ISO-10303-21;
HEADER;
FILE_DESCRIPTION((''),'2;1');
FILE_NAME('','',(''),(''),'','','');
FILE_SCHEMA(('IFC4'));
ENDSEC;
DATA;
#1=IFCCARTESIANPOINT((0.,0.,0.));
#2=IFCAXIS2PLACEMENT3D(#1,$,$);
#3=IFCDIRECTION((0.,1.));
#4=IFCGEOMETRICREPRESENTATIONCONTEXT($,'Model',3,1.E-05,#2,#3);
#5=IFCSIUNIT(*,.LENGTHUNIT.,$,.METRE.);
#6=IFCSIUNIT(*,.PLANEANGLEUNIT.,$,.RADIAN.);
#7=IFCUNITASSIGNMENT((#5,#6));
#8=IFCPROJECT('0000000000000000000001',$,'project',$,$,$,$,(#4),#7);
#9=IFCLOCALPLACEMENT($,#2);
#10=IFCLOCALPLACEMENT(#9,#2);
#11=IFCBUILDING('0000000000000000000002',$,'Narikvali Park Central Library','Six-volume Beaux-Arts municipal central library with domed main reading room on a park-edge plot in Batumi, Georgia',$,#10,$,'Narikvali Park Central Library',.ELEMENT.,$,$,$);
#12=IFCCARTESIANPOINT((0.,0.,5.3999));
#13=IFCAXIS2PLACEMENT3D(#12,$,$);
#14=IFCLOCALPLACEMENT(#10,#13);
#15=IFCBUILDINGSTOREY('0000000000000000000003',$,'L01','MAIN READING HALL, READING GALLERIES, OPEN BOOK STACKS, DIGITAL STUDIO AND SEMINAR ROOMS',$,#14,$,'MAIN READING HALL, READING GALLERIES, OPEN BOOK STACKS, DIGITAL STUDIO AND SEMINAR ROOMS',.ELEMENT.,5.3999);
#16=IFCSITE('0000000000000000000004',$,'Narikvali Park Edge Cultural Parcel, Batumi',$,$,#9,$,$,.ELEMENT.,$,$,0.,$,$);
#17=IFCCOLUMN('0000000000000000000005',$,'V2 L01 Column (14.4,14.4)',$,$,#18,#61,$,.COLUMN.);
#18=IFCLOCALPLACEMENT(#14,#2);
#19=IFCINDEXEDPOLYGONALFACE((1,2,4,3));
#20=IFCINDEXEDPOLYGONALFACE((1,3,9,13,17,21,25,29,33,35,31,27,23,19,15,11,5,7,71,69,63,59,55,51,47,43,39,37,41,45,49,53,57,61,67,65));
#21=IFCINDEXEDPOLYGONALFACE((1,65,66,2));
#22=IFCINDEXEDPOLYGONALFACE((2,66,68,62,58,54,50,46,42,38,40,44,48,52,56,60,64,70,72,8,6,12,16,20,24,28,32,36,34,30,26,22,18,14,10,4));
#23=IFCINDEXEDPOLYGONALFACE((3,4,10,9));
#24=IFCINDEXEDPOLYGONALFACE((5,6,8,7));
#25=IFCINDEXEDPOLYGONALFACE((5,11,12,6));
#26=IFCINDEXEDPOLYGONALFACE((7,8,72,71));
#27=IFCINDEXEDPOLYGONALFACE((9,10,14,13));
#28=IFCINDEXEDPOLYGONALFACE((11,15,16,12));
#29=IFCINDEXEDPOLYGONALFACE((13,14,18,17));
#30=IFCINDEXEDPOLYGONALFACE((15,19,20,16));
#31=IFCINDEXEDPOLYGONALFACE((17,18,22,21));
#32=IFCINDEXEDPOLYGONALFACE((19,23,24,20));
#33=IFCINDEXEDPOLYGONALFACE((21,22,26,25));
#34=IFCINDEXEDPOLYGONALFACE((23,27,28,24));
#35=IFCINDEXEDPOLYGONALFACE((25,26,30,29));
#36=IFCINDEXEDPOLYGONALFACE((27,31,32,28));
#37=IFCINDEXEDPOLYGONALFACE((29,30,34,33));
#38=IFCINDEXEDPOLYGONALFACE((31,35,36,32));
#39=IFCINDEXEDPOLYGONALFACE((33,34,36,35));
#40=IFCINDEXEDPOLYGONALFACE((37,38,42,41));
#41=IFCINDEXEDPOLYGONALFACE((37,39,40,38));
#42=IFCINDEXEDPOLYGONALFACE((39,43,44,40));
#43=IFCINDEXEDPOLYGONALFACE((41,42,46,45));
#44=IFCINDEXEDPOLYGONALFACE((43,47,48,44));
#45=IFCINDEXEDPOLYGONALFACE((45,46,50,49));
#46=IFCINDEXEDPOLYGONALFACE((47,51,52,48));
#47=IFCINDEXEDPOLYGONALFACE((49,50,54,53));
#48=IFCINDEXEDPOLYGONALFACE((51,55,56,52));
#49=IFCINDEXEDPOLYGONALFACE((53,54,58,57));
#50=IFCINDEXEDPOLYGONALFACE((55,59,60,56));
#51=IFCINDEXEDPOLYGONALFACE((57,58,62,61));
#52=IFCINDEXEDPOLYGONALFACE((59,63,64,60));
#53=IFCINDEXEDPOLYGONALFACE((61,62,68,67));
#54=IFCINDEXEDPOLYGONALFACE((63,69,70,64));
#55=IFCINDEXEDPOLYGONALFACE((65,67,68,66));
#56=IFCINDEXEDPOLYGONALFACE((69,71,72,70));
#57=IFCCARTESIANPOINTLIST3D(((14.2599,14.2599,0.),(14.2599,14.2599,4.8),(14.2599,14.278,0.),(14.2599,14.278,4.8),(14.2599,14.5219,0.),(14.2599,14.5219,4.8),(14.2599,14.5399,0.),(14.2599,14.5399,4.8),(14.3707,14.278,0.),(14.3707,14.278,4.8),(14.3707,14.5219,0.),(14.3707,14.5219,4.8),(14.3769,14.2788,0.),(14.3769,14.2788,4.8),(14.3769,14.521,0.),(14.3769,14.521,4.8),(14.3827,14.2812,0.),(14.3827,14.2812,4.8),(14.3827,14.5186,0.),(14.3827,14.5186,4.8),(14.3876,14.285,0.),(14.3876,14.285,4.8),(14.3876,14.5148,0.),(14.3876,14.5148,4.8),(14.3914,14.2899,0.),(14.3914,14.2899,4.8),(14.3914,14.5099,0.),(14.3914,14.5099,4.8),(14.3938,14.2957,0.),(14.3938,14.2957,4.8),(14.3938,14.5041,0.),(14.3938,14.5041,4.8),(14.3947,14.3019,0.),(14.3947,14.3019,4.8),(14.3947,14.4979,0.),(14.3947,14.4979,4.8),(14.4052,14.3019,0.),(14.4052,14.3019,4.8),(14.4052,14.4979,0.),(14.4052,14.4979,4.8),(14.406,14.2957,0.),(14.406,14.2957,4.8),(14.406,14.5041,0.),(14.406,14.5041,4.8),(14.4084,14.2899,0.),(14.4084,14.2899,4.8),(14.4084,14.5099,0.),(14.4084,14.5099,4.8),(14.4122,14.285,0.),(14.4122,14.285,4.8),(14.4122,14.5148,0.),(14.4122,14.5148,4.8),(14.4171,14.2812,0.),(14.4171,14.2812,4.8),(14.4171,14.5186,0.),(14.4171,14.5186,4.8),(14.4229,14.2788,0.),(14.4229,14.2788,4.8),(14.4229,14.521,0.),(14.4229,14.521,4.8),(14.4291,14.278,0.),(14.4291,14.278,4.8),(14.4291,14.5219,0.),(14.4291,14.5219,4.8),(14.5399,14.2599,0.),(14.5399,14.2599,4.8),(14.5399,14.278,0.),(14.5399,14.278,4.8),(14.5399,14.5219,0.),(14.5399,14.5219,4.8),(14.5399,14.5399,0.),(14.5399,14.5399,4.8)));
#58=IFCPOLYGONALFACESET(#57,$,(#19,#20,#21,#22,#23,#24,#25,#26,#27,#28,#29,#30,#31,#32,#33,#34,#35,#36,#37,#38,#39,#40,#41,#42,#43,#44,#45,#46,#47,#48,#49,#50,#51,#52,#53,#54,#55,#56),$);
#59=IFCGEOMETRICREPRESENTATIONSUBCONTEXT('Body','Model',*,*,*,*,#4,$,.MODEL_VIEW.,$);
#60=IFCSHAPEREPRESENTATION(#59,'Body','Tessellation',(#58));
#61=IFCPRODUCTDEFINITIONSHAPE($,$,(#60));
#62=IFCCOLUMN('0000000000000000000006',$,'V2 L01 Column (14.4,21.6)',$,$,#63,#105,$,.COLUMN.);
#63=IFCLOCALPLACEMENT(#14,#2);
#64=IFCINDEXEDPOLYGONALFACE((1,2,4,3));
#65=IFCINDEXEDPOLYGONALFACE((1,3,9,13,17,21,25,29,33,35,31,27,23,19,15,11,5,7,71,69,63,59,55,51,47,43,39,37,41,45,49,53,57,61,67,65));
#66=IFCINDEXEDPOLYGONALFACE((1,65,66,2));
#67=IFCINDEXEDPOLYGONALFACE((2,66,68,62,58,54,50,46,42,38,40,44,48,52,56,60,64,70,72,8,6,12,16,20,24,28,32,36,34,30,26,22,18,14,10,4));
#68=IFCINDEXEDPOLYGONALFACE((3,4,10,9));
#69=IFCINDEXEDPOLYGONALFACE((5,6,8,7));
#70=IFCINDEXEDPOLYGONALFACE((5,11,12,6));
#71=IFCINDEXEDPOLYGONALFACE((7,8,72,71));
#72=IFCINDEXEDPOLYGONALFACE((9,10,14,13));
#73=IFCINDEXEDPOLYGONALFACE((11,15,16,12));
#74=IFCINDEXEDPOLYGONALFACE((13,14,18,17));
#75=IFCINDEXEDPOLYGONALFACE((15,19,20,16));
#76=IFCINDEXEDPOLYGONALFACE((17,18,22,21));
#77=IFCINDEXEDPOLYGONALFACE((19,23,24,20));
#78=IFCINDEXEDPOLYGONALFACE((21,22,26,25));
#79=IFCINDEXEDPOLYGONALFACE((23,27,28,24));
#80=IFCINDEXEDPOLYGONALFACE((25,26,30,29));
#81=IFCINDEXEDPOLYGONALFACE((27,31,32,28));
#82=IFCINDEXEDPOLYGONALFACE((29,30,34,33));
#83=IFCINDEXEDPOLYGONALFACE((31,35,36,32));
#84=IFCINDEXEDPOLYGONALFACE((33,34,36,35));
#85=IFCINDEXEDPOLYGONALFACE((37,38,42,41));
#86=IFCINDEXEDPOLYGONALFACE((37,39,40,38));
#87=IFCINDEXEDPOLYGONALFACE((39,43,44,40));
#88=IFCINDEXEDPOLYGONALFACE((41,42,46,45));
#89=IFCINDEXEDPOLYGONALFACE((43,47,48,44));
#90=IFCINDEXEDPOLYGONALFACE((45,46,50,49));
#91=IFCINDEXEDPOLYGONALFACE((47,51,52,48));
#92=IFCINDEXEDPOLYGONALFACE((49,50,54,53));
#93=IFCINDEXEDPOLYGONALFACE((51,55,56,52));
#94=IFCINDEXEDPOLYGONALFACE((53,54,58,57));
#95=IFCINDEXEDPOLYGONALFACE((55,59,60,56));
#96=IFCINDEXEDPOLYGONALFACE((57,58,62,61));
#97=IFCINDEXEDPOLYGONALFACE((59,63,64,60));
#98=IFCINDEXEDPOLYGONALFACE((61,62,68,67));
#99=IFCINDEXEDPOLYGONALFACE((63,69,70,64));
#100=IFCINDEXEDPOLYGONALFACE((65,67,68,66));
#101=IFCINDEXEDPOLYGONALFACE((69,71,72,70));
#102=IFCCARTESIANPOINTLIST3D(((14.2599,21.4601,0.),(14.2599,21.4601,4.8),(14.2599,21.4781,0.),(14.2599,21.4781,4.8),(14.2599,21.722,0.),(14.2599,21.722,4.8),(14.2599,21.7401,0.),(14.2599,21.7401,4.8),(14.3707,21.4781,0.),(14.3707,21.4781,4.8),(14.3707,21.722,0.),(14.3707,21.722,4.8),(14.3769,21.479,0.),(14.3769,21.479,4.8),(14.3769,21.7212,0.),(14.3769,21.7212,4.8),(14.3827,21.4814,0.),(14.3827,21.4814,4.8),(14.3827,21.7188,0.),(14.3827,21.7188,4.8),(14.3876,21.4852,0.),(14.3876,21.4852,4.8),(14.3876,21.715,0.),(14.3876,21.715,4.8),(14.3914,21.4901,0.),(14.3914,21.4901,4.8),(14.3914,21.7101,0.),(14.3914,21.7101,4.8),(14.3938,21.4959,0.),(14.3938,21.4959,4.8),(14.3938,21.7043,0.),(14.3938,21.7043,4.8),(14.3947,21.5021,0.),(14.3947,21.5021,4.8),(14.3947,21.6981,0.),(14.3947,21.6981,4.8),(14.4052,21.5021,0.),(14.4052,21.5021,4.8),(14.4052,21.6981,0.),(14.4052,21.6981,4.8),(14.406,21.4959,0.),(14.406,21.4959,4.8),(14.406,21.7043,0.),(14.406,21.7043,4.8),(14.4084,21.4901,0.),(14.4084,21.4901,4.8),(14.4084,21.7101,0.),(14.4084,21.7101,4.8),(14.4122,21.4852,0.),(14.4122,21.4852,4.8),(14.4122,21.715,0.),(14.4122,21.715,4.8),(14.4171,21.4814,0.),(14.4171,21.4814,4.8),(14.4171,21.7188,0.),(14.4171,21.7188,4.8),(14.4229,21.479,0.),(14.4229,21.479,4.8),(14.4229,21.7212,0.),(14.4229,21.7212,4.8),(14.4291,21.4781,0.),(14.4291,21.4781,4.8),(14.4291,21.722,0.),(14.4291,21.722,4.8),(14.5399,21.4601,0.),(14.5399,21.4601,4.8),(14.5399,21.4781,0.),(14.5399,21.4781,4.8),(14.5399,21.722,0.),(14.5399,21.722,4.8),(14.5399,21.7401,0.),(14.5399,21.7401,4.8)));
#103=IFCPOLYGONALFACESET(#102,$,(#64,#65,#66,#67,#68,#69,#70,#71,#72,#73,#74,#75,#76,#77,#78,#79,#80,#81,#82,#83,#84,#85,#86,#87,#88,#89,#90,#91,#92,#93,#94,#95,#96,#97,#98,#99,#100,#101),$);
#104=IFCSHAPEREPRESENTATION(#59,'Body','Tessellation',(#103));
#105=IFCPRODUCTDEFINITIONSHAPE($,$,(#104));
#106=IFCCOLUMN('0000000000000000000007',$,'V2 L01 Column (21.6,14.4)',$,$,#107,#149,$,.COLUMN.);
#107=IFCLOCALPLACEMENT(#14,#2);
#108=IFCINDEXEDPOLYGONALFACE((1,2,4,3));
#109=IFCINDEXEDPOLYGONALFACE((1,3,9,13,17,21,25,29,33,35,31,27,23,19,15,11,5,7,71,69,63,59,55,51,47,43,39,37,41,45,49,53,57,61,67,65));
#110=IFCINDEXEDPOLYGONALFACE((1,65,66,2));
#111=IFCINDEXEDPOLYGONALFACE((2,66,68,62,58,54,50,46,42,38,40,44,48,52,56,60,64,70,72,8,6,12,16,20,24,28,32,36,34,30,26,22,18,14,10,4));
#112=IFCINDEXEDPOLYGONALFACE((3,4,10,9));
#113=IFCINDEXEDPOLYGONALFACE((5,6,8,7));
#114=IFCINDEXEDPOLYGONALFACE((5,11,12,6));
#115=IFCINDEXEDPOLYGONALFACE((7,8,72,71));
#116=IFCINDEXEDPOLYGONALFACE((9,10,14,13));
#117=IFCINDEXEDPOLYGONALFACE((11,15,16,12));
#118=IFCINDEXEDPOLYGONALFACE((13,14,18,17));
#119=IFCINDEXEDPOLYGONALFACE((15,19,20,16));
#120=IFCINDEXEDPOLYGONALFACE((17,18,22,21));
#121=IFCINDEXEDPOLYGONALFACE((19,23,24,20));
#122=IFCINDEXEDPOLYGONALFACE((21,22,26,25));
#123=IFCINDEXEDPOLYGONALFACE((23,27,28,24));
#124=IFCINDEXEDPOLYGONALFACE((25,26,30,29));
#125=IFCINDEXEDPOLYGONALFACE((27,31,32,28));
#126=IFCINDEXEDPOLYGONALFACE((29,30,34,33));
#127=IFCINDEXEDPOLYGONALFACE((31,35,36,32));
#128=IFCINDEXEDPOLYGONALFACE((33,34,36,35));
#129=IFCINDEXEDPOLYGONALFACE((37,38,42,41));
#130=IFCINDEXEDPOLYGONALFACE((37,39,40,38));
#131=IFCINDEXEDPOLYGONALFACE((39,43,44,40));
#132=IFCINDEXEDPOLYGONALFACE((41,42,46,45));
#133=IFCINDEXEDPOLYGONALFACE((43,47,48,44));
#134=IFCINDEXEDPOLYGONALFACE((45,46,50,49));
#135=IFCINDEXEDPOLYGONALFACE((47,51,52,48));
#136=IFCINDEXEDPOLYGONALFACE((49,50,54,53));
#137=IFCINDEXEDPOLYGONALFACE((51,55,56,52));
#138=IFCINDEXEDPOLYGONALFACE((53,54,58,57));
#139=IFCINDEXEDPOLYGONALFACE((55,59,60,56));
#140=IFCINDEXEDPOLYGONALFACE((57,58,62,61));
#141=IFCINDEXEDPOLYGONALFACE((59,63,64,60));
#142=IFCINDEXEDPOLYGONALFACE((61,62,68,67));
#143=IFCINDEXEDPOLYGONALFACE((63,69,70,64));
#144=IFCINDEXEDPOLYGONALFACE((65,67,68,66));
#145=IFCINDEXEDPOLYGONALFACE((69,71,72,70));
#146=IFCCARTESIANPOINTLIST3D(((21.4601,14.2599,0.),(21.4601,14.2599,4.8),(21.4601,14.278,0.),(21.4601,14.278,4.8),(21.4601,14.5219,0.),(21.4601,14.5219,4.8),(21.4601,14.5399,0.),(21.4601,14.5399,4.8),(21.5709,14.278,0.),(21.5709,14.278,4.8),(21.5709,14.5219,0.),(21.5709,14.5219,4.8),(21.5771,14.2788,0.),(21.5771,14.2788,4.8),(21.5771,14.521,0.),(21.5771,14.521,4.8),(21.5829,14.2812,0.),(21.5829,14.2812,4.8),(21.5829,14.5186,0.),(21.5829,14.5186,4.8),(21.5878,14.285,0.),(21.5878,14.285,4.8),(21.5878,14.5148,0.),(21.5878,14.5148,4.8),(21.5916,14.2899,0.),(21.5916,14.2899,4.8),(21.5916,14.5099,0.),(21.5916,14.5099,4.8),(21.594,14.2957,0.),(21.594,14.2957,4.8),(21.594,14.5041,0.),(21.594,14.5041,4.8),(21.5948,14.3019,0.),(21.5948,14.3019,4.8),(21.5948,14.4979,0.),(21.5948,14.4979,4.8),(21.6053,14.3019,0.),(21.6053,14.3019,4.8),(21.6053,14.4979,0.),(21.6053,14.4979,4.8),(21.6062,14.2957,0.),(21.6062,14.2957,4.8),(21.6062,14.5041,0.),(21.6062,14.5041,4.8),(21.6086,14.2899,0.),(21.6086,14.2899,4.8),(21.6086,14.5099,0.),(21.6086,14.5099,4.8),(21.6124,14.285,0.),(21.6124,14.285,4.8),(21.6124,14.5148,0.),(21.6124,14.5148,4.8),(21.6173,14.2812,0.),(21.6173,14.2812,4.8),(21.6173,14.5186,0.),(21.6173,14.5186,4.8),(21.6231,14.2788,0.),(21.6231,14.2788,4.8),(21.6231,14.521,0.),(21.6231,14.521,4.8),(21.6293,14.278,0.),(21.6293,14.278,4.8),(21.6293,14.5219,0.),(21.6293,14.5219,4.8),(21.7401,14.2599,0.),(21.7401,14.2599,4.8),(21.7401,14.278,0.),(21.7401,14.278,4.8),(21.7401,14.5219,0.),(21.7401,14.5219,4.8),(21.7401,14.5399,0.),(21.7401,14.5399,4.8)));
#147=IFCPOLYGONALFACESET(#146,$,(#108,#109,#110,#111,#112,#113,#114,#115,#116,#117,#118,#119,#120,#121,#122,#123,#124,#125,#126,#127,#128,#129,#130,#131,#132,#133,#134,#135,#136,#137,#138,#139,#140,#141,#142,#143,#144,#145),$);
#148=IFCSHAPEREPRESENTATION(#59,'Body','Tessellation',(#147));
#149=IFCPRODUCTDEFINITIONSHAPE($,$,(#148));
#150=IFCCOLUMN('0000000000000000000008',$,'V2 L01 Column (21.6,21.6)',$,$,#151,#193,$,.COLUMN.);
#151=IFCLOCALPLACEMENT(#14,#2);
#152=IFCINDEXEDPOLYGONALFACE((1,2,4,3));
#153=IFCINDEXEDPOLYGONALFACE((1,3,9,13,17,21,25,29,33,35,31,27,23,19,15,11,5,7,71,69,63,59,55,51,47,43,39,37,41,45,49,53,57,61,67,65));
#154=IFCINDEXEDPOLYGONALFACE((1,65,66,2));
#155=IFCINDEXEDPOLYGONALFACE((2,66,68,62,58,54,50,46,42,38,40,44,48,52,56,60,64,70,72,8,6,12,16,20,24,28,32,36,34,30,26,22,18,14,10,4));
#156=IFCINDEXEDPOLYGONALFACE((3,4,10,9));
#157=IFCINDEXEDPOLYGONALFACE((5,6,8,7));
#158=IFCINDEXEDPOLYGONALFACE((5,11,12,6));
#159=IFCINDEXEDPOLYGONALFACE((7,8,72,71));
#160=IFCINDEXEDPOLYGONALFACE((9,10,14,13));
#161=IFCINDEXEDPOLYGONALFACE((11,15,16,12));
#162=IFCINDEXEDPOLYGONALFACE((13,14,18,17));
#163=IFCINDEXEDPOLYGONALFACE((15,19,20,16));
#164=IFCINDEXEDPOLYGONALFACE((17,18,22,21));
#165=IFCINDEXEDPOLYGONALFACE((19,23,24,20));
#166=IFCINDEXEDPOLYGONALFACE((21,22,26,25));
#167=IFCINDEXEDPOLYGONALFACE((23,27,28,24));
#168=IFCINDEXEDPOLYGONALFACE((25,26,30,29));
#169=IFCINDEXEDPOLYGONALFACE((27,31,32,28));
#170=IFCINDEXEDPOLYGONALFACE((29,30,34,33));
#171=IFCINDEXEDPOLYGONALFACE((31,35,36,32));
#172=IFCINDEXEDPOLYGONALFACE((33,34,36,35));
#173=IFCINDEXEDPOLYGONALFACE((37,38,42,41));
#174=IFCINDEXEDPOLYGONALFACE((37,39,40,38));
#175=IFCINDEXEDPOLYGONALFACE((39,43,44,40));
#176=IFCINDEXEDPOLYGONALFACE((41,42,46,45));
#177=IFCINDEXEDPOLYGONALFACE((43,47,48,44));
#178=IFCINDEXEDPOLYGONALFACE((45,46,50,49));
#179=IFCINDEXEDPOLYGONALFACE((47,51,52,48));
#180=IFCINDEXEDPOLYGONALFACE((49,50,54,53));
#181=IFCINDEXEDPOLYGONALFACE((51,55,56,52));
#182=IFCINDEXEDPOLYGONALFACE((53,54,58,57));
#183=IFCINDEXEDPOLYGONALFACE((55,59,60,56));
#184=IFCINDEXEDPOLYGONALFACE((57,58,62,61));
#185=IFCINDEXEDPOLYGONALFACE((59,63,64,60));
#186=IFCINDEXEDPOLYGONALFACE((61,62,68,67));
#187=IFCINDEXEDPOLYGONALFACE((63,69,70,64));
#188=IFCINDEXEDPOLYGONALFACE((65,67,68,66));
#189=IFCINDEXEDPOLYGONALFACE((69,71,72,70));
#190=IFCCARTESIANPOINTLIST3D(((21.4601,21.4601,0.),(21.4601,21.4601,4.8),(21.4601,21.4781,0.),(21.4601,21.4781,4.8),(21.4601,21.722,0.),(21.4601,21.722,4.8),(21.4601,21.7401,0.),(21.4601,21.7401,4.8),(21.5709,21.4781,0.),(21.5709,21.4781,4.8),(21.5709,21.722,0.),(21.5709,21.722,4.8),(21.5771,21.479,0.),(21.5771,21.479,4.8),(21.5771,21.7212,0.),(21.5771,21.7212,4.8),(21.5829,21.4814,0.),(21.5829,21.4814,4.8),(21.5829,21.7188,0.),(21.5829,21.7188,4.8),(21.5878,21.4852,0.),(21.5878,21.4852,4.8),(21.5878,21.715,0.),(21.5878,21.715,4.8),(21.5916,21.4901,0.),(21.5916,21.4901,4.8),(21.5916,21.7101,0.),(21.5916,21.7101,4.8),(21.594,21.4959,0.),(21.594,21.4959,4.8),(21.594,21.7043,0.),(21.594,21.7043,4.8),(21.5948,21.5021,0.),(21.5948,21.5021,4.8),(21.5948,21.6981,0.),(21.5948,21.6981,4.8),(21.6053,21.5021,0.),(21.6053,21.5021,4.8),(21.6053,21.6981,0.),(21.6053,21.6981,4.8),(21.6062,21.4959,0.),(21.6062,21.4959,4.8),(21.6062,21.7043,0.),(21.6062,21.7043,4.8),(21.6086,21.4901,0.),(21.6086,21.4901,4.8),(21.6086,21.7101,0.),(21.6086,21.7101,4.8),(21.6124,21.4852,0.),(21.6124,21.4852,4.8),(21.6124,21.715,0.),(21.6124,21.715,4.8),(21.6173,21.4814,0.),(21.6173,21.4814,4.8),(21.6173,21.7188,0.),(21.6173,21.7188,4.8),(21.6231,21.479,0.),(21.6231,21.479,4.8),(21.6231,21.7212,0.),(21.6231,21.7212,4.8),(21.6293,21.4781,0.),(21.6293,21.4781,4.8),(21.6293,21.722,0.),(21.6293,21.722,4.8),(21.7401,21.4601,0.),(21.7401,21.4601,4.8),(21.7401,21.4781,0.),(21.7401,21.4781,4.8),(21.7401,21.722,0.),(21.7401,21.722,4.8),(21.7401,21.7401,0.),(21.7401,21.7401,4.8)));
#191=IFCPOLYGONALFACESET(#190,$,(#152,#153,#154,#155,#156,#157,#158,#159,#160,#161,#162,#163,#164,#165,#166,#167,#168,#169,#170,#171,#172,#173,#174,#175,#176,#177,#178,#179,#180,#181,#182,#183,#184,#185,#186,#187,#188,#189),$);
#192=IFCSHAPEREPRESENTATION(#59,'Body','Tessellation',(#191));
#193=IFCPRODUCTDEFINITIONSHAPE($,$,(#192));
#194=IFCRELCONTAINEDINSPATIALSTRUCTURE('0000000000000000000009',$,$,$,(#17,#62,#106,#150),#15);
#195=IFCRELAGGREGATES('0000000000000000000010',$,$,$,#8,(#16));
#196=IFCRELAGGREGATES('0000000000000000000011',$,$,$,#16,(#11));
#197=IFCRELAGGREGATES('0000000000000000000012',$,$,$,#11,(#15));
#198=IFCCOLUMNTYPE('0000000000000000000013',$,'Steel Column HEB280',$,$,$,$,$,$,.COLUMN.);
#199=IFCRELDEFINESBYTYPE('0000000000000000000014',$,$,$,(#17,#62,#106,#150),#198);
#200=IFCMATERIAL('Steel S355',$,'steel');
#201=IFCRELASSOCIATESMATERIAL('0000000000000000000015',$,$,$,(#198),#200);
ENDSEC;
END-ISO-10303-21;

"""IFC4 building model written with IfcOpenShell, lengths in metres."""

from ifc_helpers import new_model, si_unit, direction, frame, origin, origin_2d, place, context, subcontext, project, spatial, i_section, extrude, material, material_profile, profile_set, type_object, element, save


model = new_model("IFC4")

# Units and contexts
model_context = context("Model", 3, precision=1e-05, world=origin(), true_north=direction((0.0, 1.0)))
body_context = subcontext(model_context, "Body", "Model", "MODEL_VIEW")
ifc_project = project(units=[si_unit("LENGTHUNIT", "METRE"), si_unit("PLANEANGLEUNIT", "RADIAN")], contexts=[model_context])

# Site, building, storey
site_placement = place(None, origin())
site = spatial("IfcSite", under=ifc_project, at=site_placement, Name="Narikvali Park Edge Cultural Parcel, Batumi", CompositionType="ELEMENT", RefElevation=0.0)
building_placement = place(site_placement, origin())
building = spatial("IfcBuilding", under=site, at=building_placement, Name="Narikvali Park Central Library", Description="Six-volume Beaux-Arts municipal central library with domed main reading room on a park-edge plot in Batumi, Georgia", LongName="Narikvali Park Central Library", CompositionType="ELEMENT")
storey_placement = place(building_placement, frame((0.0, 0.0, 5.3999)))
storey = spatial("IfcBuildingStorey", under=building, at=storey_placement, Name="L01", Description="MAIN READING HALL, READING GALLERIES, OPEN BOOK STACKS, DIGITAL STUDIO AND SEMINAR ROOMS", LongName="MAIN READING HALL, READING GALLERIES, OPEN BOOK STACKS, DIGITAL STUDIO AND SEMINAR ROOMS", CompositionType="ELEMENT", Elevation=5.3999)

# Columns
ifc_material_1 = material(Name="Steel S355", Category="steel")
ifc_material_profile_1 = material_profile(ifc_material_1, i_section(OverallWidth=0.28, OverallDepth=0.28, WebThickness=0.0105, FlangeThickness=0.0181, FilletRadius=0.0239, at=origin_2d()), Name="HEB 280")
ifc_profile_set_1 = profile_set([ifc_material_profile_1], Name="Steel S355")
column_type_1 = type_object("IfcColumnType", Name="Steel Column HEB280", PredefinedType="COLUMN", material=ifc_profile_set_1)
for number, where, z_axis, x_axis, name in (
    (1, (14.3999, 14.3999, 0.0), (0.0, 0.0, 1.0), (1.0, 0.0, 0.0), "V2 L01 Column (14.4,14.4)"),
    (2, (14.3999, 21.6001, 0.0), (0.0, 0.0, 1.0), (1.0, 0.0, 0.0), "V2 L01 Column (14.4,21.6)"),
    (3, (21.6001, 14.3999, 0.0), (0.0, 0.0, 1.0), (1.0, 0.0, 0.0), "V2 L01 Column (21.6,14.4)"),
    (4, (21.6001, 21.6001, 0.0), (0.0, 0.0, 1.0), (1.0, 0.0, 0.0), "V2 L01 Column (21.6,21.6)"),
):
    element("IfcColumn", number, at=place(storey_placement, frame(where, z_axis=z_axis, x_axis=x_axis)), inside=storey, type_object=column_type_1, Name=name, PredefinedType="COLUMN", context=body_context, shape_type="SweptSolid", body=[
        extrude(i_section(OverallWidth=0.28, OverallDepth=0.28, WebThickness=0.0105, FlangeThickness=0.0181, FilletRadius=0.0239, at=origin_2d()), origin(), (0.0, 0.0, 1.0), 4.8),
    ])

save(model, "model.ifc")
